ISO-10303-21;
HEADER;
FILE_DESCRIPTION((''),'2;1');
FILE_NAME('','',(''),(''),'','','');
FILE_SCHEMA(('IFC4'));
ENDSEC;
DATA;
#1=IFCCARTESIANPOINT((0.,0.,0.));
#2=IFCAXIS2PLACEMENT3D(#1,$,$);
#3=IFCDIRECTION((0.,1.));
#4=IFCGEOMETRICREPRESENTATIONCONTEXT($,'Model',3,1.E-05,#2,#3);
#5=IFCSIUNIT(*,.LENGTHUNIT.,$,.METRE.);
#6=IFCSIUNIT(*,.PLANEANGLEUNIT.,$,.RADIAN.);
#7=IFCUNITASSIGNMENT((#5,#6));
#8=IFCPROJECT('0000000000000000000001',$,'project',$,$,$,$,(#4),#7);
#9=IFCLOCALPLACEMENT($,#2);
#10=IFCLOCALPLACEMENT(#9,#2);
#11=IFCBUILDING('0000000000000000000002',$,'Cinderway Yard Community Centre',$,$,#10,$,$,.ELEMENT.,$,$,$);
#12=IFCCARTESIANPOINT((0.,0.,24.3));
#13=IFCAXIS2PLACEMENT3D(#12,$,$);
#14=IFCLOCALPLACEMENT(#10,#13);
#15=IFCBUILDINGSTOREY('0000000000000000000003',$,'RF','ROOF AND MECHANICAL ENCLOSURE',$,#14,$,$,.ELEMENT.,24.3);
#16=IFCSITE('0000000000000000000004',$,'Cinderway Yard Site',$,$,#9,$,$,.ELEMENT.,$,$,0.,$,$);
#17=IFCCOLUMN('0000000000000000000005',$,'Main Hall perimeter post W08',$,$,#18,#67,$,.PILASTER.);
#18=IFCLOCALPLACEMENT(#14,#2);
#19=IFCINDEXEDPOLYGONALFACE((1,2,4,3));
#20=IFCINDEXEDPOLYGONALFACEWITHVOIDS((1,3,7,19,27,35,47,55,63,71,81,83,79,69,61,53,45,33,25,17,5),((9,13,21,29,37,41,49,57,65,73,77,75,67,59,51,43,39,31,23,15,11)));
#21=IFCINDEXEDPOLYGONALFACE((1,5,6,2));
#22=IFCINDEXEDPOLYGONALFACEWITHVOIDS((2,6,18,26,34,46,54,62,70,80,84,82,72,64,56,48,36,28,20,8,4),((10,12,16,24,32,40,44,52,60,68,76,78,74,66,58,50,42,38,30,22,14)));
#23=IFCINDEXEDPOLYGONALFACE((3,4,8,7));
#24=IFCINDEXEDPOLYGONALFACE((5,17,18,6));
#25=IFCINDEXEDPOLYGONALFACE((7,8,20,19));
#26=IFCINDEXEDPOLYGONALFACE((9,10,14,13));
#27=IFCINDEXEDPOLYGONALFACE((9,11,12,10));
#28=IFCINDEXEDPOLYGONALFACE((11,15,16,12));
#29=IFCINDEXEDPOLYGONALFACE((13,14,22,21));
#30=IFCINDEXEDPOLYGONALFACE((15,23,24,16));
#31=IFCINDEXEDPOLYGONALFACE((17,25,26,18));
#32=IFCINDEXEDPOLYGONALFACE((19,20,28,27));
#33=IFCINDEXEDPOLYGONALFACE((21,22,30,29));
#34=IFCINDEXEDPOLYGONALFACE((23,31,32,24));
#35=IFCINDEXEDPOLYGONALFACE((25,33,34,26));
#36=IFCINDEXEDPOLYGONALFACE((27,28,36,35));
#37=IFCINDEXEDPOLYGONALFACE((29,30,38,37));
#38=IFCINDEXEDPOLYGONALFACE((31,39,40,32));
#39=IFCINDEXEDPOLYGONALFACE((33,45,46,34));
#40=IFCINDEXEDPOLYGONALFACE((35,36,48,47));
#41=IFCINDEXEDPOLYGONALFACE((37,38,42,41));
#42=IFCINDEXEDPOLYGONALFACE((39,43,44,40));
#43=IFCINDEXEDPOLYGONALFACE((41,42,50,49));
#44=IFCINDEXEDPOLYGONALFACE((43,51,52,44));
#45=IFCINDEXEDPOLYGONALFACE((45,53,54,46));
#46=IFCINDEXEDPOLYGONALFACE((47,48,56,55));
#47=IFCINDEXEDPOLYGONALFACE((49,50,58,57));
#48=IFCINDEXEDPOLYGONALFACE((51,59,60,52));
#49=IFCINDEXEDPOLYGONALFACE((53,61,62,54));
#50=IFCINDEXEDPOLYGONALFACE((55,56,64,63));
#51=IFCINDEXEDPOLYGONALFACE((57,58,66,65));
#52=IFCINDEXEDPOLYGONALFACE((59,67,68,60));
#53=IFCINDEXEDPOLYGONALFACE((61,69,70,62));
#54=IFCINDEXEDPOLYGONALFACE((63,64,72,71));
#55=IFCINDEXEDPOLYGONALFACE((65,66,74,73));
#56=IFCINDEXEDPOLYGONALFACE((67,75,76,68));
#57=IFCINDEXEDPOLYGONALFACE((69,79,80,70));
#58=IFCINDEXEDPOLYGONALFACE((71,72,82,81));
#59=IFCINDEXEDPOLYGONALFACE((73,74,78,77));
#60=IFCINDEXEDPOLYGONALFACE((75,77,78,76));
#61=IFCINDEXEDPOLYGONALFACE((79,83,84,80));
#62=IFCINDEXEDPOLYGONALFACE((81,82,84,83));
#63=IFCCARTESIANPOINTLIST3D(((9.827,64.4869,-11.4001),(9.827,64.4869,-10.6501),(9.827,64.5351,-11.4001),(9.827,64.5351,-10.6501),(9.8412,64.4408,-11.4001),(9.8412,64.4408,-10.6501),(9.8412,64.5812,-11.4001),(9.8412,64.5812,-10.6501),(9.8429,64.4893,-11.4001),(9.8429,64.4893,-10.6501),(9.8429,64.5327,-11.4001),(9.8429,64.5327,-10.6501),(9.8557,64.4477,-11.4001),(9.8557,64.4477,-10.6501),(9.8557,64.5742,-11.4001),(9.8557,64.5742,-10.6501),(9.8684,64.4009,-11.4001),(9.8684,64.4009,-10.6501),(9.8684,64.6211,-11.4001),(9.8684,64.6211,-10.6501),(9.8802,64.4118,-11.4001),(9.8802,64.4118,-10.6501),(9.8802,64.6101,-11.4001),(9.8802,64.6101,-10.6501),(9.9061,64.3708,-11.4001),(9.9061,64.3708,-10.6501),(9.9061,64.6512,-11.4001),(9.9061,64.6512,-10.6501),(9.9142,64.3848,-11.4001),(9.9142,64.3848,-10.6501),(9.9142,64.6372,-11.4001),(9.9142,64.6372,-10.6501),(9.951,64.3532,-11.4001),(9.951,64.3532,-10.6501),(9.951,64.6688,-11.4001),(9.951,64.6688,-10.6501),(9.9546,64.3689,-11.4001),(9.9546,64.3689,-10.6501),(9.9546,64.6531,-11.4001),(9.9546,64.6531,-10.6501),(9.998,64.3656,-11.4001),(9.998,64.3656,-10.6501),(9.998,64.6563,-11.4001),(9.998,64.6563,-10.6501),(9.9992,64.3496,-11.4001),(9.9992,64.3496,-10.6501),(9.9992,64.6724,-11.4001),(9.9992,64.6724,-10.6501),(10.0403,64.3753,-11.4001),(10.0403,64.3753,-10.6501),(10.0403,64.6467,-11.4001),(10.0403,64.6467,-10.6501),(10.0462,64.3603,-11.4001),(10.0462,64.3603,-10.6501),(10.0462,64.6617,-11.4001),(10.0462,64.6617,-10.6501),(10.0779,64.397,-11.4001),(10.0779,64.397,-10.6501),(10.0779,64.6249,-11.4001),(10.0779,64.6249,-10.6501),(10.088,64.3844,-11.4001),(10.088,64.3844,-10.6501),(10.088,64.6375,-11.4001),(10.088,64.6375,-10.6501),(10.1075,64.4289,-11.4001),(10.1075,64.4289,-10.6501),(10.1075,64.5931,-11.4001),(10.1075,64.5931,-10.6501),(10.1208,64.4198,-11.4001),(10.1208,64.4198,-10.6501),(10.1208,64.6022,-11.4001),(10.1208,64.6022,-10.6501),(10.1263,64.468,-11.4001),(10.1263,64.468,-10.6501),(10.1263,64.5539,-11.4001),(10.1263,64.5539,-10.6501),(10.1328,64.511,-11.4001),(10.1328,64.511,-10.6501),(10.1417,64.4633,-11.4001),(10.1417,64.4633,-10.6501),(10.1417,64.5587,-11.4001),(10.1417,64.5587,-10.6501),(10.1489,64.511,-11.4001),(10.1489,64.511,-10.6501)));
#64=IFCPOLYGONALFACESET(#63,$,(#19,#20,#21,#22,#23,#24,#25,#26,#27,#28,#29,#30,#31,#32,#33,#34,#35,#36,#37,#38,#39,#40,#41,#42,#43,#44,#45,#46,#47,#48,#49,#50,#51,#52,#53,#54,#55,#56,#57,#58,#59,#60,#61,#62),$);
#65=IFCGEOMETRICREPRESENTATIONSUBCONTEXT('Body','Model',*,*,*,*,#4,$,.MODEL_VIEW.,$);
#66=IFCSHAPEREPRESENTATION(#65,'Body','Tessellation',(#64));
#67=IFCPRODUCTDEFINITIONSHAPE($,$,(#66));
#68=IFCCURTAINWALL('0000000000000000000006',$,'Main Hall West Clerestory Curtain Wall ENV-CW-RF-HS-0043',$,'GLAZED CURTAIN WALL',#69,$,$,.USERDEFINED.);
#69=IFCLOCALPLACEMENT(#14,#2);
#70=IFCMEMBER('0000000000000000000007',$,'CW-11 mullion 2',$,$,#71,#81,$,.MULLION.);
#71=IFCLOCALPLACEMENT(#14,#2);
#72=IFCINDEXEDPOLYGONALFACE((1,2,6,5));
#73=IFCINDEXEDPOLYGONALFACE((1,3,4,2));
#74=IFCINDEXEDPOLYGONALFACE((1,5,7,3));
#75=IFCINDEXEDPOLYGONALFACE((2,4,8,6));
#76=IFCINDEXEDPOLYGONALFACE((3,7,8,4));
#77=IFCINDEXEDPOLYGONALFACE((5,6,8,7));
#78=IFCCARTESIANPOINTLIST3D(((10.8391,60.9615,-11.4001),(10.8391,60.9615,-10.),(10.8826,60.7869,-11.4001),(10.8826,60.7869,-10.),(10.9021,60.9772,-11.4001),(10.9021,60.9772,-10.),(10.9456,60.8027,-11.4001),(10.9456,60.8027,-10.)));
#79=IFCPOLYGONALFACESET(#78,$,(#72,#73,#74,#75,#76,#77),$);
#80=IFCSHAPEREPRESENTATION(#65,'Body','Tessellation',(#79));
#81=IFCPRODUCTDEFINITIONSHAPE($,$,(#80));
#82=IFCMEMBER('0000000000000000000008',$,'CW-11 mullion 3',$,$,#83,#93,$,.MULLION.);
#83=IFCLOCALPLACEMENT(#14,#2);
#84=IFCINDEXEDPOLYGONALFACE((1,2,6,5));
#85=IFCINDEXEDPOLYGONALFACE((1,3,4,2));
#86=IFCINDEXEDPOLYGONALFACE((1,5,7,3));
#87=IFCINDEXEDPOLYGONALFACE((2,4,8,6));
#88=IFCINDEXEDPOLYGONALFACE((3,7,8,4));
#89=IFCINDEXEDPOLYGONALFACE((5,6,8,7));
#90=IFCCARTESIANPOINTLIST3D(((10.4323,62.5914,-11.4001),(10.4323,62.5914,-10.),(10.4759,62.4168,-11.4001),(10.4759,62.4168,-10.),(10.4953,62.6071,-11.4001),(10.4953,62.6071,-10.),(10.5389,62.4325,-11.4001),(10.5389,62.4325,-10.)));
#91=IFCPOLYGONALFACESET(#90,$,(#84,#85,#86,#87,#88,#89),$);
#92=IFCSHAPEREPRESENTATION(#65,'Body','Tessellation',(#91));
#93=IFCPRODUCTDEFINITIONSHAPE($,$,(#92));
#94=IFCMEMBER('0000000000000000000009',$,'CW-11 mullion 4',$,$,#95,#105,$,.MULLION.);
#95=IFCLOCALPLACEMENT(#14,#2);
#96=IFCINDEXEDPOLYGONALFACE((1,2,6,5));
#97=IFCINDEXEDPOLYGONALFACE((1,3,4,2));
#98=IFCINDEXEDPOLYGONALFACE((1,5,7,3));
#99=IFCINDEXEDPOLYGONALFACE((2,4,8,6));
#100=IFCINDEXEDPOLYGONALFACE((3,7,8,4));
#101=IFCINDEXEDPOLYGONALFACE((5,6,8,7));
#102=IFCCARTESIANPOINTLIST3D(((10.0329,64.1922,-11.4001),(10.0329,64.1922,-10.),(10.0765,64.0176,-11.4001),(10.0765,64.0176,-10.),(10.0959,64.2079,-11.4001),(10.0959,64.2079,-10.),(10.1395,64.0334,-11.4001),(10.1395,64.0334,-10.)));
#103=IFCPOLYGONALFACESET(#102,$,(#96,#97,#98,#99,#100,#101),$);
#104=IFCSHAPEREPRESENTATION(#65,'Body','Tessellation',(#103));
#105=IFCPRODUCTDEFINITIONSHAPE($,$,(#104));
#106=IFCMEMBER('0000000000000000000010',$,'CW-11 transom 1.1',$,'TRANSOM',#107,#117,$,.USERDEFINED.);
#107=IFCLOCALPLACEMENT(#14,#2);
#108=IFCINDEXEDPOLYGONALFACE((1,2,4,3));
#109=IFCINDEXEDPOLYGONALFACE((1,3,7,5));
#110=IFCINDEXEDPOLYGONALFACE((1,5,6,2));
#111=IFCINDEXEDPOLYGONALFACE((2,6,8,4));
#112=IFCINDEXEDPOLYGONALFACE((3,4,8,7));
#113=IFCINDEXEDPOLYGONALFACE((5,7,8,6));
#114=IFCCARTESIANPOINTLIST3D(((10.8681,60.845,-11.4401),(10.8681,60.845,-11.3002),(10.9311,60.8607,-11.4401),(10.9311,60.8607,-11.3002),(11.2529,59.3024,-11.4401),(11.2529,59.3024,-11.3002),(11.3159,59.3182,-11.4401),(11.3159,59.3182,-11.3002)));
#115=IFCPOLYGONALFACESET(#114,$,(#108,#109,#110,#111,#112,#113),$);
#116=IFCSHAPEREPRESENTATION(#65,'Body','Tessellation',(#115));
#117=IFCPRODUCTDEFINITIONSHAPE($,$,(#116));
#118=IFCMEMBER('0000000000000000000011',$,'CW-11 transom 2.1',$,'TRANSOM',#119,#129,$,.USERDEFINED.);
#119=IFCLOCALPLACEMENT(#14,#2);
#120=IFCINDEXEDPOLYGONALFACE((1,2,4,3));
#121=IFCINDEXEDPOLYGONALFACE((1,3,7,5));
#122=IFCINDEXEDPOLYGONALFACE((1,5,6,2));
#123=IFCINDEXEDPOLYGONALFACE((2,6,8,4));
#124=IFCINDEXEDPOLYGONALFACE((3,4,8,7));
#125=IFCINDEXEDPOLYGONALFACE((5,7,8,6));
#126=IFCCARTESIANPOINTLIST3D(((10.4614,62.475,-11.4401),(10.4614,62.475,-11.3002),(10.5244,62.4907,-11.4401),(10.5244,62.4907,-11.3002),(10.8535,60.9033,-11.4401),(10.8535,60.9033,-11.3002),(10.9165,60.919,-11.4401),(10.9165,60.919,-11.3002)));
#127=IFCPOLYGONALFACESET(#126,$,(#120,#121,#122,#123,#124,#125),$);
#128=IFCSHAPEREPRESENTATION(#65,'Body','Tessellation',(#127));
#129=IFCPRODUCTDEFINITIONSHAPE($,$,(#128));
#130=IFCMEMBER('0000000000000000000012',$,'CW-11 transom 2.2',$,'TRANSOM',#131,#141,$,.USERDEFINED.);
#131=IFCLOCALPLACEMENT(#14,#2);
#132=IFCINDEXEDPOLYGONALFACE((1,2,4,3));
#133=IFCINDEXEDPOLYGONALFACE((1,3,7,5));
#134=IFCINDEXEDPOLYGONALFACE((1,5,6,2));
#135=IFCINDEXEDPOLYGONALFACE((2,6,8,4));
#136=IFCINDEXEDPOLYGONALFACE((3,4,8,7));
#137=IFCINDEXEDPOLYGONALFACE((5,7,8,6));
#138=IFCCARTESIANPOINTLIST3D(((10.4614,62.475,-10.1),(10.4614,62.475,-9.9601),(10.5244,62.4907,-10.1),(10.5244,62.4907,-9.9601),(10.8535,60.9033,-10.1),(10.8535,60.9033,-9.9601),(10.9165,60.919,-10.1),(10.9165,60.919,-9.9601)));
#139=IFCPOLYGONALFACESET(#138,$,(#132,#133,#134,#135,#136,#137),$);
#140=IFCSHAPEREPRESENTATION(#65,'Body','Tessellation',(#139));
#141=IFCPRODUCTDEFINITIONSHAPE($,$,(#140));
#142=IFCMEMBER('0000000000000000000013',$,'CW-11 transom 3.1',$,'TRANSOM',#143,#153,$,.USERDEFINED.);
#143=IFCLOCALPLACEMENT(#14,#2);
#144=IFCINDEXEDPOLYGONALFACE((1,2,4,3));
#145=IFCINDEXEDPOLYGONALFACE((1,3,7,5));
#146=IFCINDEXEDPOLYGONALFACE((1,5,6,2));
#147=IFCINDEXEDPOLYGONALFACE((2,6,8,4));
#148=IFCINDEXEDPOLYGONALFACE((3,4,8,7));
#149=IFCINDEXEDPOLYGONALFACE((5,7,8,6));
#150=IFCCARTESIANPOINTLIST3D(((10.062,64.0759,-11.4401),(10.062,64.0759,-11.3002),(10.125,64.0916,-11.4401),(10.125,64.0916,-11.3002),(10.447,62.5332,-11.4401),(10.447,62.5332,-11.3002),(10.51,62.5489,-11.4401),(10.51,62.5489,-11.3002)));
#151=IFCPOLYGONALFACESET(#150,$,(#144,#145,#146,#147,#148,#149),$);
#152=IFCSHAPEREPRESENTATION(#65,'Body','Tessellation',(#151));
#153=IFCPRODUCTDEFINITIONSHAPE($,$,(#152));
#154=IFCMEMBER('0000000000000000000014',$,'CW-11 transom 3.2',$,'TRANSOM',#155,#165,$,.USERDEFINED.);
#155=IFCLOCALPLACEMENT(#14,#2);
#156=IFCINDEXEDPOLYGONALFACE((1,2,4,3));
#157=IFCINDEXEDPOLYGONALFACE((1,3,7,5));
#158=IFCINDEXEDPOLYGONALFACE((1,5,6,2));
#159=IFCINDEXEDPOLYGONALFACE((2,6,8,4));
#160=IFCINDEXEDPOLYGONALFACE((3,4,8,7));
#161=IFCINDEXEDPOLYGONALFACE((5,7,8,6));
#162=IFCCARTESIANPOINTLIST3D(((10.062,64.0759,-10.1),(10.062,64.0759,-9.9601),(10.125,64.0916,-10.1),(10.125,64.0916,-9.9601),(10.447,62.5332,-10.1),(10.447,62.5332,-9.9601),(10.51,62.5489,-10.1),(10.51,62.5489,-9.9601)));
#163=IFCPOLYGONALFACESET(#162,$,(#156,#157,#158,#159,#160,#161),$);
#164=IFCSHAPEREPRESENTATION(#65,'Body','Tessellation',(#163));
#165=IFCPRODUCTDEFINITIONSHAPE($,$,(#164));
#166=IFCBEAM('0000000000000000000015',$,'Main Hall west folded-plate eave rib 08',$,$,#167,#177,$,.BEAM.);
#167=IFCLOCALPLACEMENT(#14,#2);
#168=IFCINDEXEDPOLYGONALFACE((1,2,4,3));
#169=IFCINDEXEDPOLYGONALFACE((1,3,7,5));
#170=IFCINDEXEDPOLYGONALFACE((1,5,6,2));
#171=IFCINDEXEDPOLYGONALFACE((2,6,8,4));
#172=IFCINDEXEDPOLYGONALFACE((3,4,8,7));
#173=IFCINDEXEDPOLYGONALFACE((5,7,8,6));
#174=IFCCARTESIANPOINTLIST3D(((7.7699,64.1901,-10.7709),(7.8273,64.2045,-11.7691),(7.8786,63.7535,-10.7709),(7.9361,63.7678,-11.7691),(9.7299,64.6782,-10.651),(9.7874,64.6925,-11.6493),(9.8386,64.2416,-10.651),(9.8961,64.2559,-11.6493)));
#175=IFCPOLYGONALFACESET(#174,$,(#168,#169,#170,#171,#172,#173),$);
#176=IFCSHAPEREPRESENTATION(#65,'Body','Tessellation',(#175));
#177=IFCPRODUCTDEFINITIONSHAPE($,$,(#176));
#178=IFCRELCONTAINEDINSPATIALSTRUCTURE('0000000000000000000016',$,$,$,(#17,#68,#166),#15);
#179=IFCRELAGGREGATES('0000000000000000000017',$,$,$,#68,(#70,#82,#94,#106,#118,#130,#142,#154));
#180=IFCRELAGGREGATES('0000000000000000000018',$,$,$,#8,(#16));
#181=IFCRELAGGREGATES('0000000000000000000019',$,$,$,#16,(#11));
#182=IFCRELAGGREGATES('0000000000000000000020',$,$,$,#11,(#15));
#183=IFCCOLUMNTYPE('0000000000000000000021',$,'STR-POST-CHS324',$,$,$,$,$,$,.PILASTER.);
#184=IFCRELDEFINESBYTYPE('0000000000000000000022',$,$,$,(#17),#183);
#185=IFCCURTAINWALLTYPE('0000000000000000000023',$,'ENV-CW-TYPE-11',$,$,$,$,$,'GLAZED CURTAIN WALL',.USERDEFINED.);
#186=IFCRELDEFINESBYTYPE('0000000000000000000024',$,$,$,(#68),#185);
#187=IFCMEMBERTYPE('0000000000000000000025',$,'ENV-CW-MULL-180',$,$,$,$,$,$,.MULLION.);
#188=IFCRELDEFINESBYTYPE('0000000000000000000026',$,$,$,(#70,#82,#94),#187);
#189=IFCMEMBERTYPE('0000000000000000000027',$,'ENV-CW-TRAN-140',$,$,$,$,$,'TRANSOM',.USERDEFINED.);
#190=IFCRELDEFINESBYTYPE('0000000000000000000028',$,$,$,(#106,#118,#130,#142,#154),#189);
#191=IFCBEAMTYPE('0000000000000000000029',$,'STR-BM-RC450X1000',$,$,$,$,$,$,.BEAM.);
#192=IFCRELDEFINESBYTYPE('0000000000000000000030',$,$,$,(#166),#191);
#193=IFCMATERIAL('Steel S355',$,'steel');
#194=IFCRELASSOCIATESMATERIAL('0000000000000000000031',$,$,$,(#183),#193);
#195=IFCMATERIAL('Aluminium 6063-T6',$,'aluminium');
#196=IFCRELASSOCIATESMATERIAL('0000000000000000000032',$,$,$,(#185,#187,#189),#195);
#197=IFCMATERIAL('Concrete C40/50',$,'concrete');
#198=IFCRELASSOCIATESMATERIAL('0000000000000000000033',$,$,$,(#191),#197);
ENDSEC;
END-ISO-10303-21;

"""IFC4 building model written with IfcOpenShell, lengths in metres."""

from ifc_helpers import new_model, si_unit, direction, frame, origin, origin_2d, place, context, subcontext, project, spatial, rectangle, hollow_circle, extrude, material, material_profile, profile_set, type_object, element, aggregate, save


model = new_model("IFC4")

# Units and contexts
model_context = context("Model", 3, precision=1e-05, world=origin(), true_north=direction((0.0, 1.0)))
body_context = subcontext(model_context, "Body", "Model", "MODEL_VIEW")
ifc_project = project(units=[si_unit("LENGTHUNIT", "METRE"), si_unit("PLANEANGLEUNIT", "RADIAN")], contexts=[model_context])

# Site, building, storey
site_placement = place(None, origin())
site = spatial("IfcSite", under=ifc_project, at=site_placement, Name="Cinderway Yard Site", CompositionType="ELEMENT", RefElevation=0.0)
building_placement = place(site_placement, origin())
building = spatial("IfcBuilding", under=site, at=building_placement, Name="Cinderway Yard Community Centre", CompositionType="ELEMENT")
storey_placement = place(building_placement, frame((0.0, 0.0, 24.3)))
storey = spatial("IfcBuildingStorey", under=building, at=storey_placement, Name="RF", Description="ROOF AND MECHANICAL ENCLOSURE", CompositionType="ELEMENT", Elevation=24.3)

# Column
ifc_material_1 = material(Name="Steel S355", Category="steel")
ifc_material_profile_1 = material_profile(ifc_material_1, hollow_circle(Radius=0.1619, WallThickness=0.0161, at=origin_2d()), Name="Steel S355")
ifc_profile_set_1 = profile_set([ifc_material_profile_1], Name="Steel S355")
column_type = type_object("IfcColumnType", Name="STR-POST-CHS324", PredefinedType="PILASTER", material=ifc_profile_set_1)
column_placement = place(storey_placement, frame((9.9871, 64.511, -11.4001), z_axis=(0.0, 0.0, 1.0), x_axis=(1.0, 0.0, 0.0)))
element("IfcColumn", 1, at=column_placement, inside=storey, type_object=column_type, Name="Main Hall perimeter post W08", PredefinedType="PILASTER", context=body_context, shape_type="SweptSolid", body=[
    extrude(hollow_circle(Radius=0.1619, WallThickness=0.0161, at=origin_2d()), origin(), (0.0, 0.0, 1.0), 0.75),
])

# Curtain wall, members
ifc_material_2 = material(Name="Aluminium 6063-T6", Category="aluminium")
curtain_wall_type = type_object("IfcCurtainWallType", Name="ENV-CW-TYPE-11", ElementType="GLAZED CURTAIN WALL", PredefinedType="USERDEFINED", material=ifc_material_2)
curtain_wall_placement = place(storey_placement, origin())
curtain_wall = element("IfcCurtainWall", 2, at=curtain_wall_placement, inside=storey, type_object=curtain_wall_type, Name="Main Hall West Clerestory Curtain Wall ENV-CW-RF-HS-0043", ObjectType="GLAZED CURTAIN WALL", PredefinedType="USERDEFINED")
ifc_material_profile_2 = material_profile(ifc_material_2, rectangle(XDim=0.0649, YDim=0.1799, at=origin_2d()), Name="Aluminium 6063-T6")
ifc_profile_set_2 = profile_set([ifc_material_profile_2], Name="Aluminium 6063-T6")
member_type_1 = type_object("IfcMemberType", Name="ENV-CW-MULL-180", PredefinedType="MULLION", material=ifc_profile_set_2)
member_1_placement = place(storey_placement, frame((10.8923, 60.8821, -11.4001), z_axis=(0.0, 0.0, 1.0), x_axis=(-0.970259, -0.242069, 0.0)))
member_1 = element("IfcMember", 3, at=member_1_placement, type_object=member_type_1, Name="CW-11 mullion 2", PredefinedType="MULLION", context=body_context, shape_type="SweptSolid", body=[
    extrude(rectangle(XDim=0.0649, YDim=0.1799, at=origin_2d()), origin(), (0.0, 0.0, 1.0), 1.4001),
])
member_2_placement = place(storey_placement, frame((10.4856, 62.512, -11.4001), z_axis=(0.0, 0.0, 1.0), x_axis=(-0.970259, -0.242069, 0.0)))
member_2 = element("IfcMember", 4, at=member_2_placement, type_object=member_type_1, Name="CW-11 mullion 3", PredefinedType="MULLION", context=body_context, shape_type="SweptSolid", body=[
    extrude(rectangle(XDim=0.0649, YDim=0.1799, at=origin_2d()), origin(), (0.0, 0.0, 1.0), 1.4001),
])
member_3_placement = place(storey_placement, frame((10.0862, 64.1128, -11.4001), z_axis=(0.0, 0.0, 1.0), x_axis=(-0.970259, -0.242069, 0.0)))
member_3 = element("IfcMember", 5, at=member_3_placement, type_object=member_type_1, Name="CW-11 mullion 4", PredefinedType="MULLION", context=body_context, shape_type="SweptSolid", body=[
    extrude(rectangle(XDim=0.0649, YDim=0.1799, at=origin_2d()), origin(), (0.0, 0.0, 1.0), 1.4001),
])
ifc_material_profile_3 = material_profile(ifc_material_2, rectangle(XDim=0.0649, YDim=0.1399, at=origin_2d()), Name="Aluminium 6063-T6")
ifc_profile_set_3 = profile_set([ifc_material_profile_3], Name="Aluminium 6063-T6")
member_type_2 = type_object("IfcMemberType", Name="ENV-CW-TRAN-140", ElementType="TRANSOM", PredefinedType="USERDEFINED", material=ifc_profile_set_3)
member_4_placement = place(storey_placement, frame((11.2844, 59.3103, -11.3701), z_axis=(-0.24203, 0.970269, 0.0), x_axis=(-0.970269, -0.24203, 0.0)))
member_4 = element("IfcMember", 6, at=member_4_placement, type_object=member_type_2, Name="CW-11 transom 1.1", ObjectType="TRANSOM", PredefinedType="USERDEFINED", context=body_context, shape_type="SweptSolid", body=[
    extrude(rectangle(XDim=0.0649, YDim=0.1399, at=origin_2d()), origin(), (0.0, 0.0, 1.0), 1.5898),
])
member_5_placement = place(storey_placement, frame((10.885, 60.9111, -11.3701), z_axis=(-0.242039, 0.970266, 0.0), x_axis=(-0.970266, -0.242039, 0.0)))
member_5 = element("IfcMember", 7, at=member_5_placement, type_object=member_type_2, Name="CW-11 transom 2.1", ObjectType="TRANSOM", PredefinedType="USERDEFINED", context=body_context, shape_type="SweptSolid", body=[
    extrude(rectangle(XDim=0.0649, YDim=0.1399, at=origin_2d()), origin(), (0.0, 0.0, 1.0), 1.6199),
])
member_6_placement = place(storey_placement, frame((10.885, 60.9111, -10.03), z_axis=(-0.242039, 0.970266, 0.0), x_axis=(-0.970266, -0.242039, 0.0)))
member_6 = element("IfcMember", 8, at=member_6_placement, type_object=member_type_2, Name="CW-11 transom 2.2", ObjectType="TRANSOM", PredefinedType="USERDEFINED", context=body_context, shape_type="SweptSolid", body=[
    extrude(rectangle(XDim=0.0649, YDim=0.1399, at=origin_2d()), origin(), (0.0, 0.0, 1.0), 1.6199),
])
member_7_placement = place(storey_placement, frame((10.4785, 62.541, -11.3701), z_axis=(-0.242138, 0.970242, 0.0), x_axis=(-0.970242, -0.242138, 0.0)))
member_7 = element("IfcMember", 9, at=member_7_placement, type_object=member_type_2, Name="CW-11 transom 3.1", ObjectType="TRANSOM", PredefinedType="USERDEFINED", context=body_context, shape_type="SweptSolid", body=[
    extrude(rectangle(XDim=0.0649, YDim=0.1399, at=origin_2d()), origin(), (0.0, 0.0, 1.0), 1.5901),
])
member_8_placement = place(storey_placement, frame((10.4785, 62.541, -10.03), z_axis=(-0.242138, 0.970242, 0.0), x_axis=(-0.970242, -0.242138, 0.0)))
member_8 = element("IfcMember", 10, at=member_8_placement, type_object=member_type_2, Name="CW-11 transom 3.2", ObjectType="TRANSOM", PredefinedType="USERDEFINED", context=body_context, shape_type="SweptSolid", body=[
    extrude(rectangle(XDim=0.0649, YDim=0.1399, at=origin_2d()), origin(), (0.0, 0.0, 1.0), 1.5901),
])

# Beam
ifc_material_3 = material(Name="Concrete C40/50", Category="concrete")
ifc_material_profile_4 = material_profile(ifc_material_3, rectangle(XDim=0.45, YDim=1.0, at=origin_2d()), Name="Concrete C40/50")
ifc_profile_set_4 = profile_set([ifc_material_profile_4], Name="Concrete C40/50")
beam_type_1 = type_object("IfcBeamType", Name="STR-BM-RC450X1000", PredefinedType="BEAM", material=ifc_profile_set_4)
beam_1_placement = place(storey_placement, frame((9.813, 64.467, -11.1501), z_axis=(-0.968665, -0.241201, -0.059244), x_axis=(0.241625, -0.97037, 0.0)))
element("IfcBeam", 11, at=beam_1_placement, inside=storey, type_object=beam_type_1, Name="Main Hall west folded-plate eave rib 08", PredefinedType="BEAM", context=body_context, shape_type="SweptSolid", body=[
    extrude(rectangle(XDim=0.45, YDim=1.0, at=origin_2d()), origin(), (0.0, 0.0, 1.0), 2.0234),
])

aggregate(curtain_wall, [member_1, member_2, member_3, member_4, member_5, member_6, member_7, member_8])

save(model, "model.ifc")
